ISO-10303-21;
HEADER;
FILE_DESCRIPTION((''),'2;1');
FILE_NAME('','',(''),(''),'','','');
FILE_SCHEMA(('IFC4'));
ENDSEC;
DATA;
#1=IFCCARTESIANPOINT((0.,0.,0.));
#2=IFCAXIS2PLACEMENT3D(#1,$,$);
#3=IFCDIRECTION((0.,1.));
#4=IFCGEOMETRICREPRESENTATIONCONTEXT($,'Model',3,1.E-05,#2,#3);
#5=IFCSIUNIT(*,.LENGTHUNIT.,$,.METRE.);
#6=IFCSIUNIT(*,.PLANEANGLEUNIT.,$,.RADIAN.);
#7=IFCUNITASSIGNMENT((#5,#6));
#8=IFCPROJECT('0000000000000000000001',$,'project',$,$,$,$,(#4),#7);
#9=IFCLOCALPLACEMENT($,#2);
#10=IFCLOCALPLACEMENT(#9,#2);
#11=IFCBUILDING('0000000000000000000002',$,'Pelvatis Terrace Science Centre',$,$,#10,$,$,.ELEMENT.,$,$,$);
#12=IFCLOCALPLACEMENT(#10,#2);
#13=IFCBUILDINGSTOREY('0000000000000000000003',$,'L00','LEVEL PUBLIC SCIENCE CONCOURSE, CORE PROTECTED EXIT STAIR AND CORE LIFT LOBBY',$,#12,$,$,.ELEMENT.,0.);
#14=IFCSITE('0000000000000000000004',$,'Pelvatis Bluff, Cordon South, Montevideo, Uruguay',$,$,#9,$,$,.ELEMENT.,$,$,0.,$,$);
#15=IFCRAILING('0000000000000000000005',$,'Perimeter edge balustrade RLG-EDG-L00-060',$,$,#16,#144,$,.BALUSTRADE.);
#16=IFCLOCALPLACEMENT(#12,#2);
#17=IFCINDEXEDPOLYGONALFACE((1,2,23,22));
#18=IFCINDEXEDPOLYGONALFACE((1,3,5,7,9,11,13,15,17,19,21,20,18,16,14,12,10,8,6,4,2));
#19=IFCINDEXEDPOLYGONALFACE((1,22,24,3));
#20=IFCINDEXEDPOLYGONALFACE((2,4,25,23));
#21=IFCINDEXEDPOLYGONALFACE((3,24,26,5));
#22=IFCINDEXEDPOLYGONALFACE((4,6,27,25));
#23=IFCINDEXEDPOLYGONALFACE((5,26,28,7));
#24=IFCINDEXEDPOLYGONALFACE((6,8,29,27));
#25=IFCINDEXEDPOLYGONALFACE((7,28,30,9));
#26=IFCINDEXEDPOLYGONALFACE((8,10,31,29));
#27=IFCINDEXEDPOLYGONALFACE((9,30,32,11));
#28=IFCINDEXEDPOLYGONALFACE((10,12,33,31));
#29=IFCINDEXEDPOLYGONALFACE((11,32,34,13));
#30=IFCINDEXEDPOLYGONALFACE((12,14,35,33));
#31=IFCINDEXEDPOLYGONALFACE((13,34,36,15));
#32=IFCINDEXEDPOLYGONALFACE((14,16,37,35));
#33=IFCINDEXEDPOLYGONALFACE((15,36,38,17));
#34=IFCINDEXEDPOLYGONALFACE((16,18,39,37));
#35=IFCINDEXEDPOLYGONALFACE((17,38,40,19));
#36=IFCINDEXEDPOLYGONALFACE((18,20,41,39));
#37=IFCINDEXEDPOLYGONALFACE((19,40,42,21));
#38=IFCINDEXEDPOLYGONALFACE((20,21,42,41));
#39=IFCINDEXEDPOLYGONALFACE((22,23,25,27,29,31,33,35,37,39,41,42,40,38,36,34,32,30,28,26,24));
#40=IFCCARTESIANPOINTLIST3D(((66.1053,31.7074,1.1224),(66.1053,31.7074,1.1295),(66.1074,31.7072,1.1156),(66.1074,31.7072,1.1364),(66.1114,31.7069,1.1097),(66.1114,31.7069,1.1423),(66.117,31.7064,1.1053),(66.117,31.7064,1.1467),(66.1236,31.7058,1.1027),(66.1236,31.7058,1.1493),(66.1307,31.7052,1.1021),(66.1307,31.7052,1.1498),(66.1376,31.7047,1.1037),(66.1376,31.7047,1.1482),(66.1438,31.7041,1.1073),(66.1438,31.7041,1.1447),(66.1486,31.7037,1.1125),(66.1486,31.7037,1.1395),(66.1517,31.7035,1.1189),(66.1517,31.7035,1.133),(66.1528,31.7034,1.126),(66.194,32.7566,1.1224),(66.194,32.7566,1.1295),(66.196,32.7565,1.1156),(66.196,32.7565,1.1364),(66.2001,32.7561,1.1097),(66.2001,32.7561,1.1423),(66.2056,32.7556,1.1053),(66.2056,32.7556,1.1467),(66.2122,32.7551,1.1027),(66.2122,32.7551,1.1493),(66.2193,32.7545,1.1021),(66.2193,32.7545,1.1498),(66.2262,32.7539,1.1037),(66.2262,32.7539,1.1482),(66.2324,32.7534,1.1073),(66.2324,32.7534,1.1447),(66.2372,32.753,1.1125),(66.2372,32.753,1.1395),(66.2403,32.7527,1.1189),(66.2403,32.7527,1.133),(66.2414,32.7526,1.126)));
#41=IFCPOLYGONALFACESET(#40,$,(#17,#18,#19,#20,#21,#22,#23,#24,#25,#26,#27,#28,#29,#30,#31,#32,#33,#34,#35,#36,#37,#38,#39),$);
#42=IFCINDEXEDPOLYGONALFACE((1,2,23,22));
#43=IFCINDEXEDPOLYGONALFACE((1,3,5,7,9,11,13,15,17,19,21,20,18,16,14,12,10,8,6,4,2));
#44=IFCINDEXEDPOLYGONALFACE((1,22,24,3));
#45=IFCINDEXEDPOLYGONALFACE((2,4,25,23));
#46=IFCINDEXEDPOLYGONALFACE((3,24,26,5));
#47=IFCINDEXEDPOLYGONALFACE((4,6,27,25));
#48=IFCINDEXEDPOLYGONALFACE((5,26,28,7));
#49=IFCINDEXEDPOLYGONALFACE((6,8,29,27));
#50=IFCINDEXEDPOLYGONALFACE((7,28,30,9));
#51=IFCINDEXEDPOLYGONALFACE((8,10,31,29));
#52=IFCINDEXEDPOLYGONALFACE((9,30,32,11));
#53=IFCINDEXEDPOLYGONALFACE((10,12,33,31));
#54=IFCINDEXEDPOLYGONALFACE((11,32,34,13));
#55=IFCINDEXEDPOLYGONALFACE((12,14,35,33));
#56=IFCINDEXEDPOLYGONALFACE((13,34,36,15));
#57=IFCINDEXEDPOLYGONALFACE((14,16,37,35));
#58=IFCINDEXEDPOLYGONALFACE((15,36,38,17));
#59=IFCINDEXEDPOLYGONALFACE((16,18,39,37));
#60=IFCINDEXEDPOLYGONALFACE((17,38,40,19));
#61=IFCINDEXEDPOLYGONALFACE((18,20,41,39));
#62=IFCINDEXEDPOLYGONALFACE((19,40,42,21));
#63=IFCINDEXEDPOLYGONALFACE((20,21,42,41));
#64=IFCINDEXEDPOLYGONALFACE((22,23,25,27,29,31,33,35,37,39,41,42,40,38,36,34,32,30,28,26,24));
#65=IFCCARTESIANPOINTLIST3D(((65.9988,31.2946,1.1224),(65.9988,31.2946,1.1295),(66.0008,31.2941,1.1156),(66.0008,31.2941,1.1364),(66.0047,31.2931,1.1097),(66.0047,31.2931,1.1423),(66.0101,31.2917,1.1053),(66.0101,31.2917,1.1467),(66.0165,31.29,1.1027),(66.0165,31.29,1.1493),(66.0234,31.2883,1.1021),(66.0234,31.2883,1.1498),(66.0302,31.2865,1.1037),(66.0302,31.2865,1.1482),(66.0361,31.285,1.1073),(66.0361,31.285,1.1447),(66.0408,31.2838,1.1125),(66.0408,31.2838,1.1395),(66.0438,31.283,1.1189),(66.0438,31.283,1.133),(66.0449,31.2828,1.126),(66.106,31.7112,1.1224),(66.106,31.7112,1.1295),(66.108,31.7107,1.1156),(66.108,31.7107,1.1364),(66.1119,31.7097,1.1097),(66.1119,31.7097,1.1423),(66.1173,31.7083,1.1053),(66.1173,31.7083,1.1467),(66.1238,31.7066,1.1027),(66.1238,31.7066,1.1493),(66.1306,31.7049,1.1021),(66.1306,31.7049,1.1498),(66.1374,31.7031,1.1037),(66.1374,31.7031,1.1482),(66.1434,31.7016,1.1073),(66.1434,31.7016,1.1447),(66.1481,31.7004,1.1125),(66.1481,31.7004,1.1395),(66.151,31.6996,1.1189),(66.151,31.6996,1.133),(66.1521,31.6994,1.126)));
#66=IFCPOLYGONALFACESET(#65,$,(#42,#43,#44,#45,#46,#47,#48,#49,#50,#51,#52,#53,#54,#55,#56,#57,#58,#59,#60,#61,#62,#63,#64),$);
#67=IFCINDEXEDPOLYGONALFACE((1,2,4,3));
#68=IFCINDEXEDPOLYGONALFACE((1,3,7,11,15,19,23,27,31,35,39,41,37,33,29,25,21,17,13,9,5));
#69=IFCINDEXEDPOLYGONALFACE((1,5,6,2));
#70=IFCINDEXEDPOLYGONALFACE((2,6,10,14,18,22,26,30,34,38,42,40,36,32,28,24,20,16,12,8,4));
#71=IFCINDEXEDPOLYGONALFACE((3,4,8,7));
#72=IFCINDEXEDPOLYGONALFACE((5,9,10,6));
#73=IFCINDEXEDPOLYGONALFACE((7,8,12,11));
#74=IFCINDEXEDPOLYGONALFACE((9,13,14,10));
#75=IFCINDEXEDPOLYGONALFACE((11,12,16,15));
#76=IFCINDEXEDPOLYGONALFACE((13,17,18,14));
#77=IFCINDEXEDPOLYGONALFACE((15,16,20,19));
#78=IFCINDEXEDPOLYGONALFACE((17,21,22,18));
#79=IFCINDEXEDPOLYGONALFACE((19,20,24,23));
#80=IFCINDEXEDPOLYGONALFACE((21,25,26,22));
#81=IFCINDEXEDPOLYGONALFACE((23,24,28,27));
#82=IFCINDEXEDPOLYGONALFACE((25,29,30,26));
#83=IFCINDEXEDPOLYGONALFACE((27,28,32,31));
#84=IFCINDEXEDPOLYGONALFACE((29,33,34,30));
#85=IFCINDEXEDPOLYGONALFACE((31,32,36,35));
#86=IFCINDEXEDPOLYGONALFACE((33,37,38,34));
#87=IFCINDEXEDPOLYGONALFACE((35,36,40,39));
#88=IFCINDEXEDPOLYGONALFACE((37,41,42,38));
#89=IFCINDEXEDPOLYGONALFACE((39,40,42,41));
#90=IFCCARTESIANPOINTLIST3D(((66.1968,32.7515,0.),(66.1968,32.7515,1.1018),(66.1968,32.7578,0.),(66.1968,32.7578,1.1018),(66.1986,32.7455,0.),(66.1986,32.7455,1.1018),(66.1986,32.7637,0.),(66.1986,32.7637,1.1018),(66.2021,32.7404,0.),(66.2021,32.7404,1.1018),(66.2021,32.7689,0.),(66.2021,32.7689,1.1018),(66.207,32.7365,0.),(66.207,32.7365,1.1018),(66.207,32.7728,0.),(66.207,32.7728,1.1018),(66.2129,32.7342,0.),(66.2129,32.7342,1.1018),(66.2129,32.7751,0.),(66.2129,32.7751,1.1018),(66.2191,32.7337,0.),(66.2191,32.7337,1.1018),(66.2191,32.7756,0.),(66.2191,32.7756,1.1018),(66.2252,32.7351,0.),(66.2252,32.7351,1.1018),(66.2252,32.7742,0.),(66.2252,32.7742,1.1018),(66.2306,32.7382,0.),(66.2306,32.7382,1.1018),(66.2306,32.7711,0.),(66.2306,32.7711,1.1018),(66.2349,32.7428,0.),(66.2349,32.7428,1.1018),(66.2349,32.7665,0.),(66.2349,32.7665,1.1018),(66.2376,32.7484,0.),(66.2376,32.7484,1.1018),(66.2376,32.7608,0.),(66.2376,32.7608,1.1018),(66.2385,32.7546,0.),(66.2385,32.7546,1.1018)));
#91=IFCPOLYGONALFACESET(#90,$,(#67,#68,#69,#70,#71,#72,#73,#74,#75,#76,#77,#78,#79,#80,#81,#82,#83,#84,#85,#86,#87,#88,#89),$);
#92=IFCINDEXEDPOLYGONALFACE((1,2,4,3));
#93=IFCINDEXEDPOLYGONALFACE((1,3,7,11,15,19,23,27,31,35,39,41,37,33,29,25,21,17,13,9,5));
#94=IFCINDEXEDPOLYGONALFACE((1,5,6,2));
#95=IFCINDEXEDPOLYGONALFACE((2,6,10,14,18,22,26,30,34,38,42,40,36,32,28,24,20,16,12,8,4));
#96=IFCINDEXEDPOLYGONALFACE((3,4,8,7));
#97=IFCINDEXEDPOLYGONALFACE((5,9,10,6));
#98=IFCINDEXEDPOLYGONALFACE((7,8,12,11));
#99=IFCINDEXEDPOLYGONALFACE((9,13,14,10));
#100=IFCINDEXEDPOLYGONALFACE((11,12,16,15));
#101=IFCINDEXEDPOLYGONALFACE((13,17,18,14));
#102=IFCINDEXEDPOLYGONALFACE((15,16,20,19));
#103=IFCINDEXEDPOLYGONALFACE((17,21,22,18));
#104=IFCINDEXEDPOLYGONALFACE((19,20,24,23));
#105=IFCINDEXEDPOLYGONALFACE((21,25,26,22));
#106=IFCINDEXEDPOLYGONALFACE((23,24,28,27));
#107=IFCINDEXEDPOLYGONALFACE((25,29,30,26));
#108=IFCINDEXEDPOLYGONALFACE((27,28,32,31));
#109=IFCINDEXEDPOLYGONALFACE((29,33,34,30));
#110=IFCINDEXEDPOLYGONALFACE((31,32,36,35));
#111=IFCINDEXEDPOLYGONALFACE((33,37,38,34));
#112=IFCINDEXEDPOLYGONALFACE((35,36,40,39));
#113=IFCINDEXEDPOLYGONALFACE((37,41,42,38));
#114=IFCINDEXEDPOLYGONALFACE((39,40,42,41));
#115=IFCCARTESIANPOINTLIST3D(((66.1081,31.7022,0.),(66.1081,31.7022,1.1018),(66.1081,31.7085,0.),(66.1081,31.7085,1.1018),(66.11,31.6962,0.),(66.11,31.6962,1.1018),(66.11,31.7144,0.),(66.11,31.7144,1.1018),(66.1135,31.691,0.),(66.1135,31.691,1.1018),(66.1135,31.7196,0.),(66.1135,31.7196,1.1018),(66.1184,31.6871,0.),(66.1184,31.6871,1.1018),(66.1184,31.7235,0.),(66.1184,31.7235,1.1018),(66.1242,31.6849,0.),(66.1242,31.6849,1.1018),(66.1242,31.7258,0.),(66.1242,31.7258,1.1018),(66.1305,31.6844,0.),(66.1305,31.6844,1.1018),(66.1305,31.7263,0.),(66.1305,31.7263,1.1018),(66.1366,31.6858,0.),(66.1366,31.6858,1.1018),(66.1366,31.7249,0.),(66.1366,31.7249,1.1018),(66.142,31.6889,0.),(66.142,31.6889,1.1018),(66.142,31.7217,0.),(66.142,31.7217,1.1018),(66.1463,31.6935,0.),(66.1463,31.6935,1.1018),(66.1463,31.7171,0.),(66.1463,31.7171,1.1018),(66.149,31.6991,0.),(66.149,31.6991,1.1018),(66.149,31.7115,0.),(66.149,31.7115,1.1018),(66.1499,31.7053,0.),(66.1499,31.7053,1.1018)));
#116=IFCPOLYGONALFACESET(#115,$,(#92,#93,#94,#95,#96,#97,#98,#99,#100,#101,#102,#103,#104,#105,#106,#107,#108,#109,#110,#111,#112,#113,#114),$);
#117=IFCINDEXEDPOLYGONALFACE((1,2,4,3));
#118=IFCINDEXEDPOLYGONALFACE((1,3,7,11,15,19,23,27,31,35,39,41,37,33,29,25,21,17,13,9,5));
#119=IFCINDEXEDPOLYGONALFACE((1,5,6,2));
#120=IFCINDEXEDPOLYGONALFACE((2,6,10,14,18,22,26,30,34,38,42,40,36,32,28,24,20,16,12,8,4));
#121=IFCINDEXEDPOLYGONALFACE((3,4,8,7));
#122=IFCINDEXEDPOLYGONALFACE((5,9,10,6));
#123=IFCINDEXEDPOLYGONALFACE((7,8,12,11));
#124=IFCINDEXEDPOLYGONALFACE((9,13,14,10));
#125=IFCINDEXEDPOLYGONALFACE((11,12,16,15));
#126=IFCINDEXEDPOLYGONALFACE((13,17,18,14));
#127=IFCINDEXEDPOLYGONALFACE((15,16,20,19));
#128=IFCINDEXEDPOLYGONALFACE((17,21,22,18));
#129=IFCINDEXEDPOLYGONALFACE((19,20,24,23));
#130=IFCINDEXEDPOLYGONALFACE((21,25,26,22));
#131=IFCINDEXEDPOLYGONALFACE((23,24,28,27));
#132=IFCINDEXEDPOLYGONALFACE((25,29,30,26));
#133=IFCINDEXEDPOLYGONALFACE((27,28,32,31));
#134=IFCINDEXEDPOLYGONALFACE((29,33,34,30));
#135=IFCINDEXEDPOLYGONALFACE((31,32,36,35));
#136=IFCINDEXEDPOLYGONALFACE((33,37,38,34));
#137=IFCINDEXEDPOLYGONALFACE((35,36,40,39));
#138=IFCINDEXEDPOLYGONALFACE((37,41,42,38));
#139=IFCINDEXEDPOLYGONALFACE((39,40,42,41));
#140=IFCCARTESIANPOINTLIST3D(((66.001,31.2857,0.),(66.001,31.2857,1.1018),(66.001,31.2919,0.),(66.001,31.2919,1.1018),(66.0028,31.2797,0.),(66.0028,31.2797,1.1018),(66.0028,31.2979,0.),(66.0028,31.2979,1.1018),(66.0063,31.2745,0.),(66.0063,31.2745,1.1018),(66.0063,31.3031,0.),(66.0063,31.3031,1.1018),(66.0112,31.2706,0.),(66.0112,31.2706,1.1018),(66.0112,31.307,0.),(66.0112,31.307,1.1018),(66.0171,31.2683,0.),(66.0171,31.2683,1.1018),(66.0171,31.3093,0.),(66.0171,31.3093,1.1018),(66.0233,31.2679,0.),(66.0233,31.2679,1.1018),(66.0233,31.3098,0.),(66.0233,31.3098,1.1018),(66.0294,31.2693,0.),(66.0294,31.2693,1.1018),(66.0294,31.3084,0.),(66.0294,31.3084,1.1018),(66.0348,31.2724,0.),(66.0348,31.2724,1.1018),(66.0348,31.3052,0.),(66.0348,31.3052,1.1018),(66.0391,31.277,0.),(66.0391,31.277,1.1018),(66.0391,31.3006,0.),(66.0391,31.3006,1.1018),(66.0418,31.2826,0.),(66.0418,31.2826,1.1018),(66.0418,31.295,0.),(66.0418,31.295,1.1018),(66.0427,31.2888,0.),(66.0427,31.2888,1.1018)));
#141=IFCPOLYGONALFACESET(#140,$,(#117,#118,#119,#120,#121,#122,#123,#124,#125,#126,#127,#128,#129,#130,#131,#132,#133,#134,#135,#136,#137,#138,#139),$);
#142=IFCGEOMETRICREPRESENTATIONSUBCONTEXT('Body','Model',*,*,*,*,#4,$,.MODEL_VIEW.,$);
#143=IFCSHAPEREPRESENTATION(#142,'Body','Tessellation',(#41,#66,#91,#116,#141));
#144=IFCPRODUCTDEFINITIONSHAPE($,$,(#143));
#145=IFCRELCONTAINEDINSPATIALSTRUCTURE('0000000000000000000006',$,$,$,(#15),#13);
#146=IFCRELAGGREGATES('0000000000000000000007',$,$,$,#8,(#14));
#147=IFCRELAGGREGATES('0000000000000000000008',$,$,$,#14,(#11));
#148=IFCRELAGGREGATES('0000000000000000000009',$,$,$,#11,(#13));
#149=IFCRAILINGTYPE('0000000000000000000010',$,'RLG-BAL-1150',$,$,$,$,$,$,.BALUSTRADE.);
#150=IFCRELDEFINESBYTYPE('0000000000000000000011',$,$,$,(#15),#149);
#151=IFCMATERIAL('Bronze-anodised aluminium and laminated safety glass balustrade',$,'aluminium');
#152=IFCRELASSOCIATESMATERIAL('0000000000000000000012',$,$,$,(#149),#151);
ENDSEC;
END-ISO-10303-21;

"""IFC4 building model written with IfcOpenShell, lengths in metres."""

from ifc_helpers import new_model, si_unit, direction, frame, origin, origin_2d, place, context, subcontext, project, spatial, circle, extrude, material, type_object, element, save


model = new_model("IFC4")

# Units and contexts
model_context = context("Model", 3, precision=1e-05, world=origin(), true_north=direction((0.0, 1.0)))
body_context = subcontext(model_context, "Body", "Model", "MODEL_VIEW")
ifc_project = project(units=[si_unit("LENGTHUNIT", "METRE"), si_unit("PLANEANGLEUNIT", "RADIAN")], contexts=[model_context])

# Site, building, storey
site_placement = place(None, origin())
site = spatial("IfcSite", under=ifc_project, at=site_placement, Name="Pelvatis Bluff, Cordon South, Montevideo, Uruguay", CompositionType="ELEMENT", RefElevation=0.0)
building_placement = place(site_placement, origin())
building = spatial("IfcBuilding", under=site, at=building_placement, Name="Pelvatis Terrace Science Centre", CompositionType="ELEMENT")
storey_placement = place(building_placement, origin())
storey = spatial("IfcBuildingStorey", under=building, at=storey_placement, Name="L00", Description="LEVEL PUBLIC SCIENCE CONCOURSE, CORE PROTECTED EXIT STAIR AND CORE LIFT LOBBY", CompositionType="ELEMENT", Elevation=0.0)

# Railing
ifc_material_1 = material(Name="Bronze-anodised aluminium and laminated safety glass balustrade", Category="aluminium")
railing_type = type_object("IfcRailingType", Name="RLG-BAL-1150", PredefinedType="BALUSTRADE", material=ifc_material_1)
railing_1_placement = place(storey_placement, frame((66.2175, 32.7546, 0.0)))
element("IfcRailing", 1, at=railing_1_placement, inside=storey, type_object=railing_type, Name="Perimeter edge balustrade RLG-EDG-L00-060", PredefinedType="BALUSTRADE", context=body_context, shape_type="SweptSolid", body=[
    extrude(circle(Radius=0.0239, at=origin_2d()), frame((0.0, 0.0, 1.126), z_axis=(-0.084158, -0.996452, 0.0), x_axis=(0.996452, -0.084158, 0.0)), (0.0, 0.0, 1.0), 1.053),
    extrude(circle(Radius=0.0239, at=origin_2d()), frame((-0.0886, -1.0493, 1.126), z_axis=(-0.249208, -0.96845, 0.0), x_axis=(0.96845, -0.249208, 0.0)), (0.0, 0.0, 1.0), 0.4302),
    extrude(circle(Radius=0.021, at=origin_2d()), origin(), (0.0, 0.0, 1.0), 1.1018),
    extrude(circle(Radius=0.021, at=origin_2d()), frame((-0.0886, -1.0493, 0.0)), (0.0, 0.0, 1.0), 1.1018),
    extrude(circle(Radius=0.021, at=origin_2d()), frame((-0.1958, -1.4658, 0.0)), (0.0, 0.0, 1.0), 1.1018),
])

save(model, "model.ifc")
